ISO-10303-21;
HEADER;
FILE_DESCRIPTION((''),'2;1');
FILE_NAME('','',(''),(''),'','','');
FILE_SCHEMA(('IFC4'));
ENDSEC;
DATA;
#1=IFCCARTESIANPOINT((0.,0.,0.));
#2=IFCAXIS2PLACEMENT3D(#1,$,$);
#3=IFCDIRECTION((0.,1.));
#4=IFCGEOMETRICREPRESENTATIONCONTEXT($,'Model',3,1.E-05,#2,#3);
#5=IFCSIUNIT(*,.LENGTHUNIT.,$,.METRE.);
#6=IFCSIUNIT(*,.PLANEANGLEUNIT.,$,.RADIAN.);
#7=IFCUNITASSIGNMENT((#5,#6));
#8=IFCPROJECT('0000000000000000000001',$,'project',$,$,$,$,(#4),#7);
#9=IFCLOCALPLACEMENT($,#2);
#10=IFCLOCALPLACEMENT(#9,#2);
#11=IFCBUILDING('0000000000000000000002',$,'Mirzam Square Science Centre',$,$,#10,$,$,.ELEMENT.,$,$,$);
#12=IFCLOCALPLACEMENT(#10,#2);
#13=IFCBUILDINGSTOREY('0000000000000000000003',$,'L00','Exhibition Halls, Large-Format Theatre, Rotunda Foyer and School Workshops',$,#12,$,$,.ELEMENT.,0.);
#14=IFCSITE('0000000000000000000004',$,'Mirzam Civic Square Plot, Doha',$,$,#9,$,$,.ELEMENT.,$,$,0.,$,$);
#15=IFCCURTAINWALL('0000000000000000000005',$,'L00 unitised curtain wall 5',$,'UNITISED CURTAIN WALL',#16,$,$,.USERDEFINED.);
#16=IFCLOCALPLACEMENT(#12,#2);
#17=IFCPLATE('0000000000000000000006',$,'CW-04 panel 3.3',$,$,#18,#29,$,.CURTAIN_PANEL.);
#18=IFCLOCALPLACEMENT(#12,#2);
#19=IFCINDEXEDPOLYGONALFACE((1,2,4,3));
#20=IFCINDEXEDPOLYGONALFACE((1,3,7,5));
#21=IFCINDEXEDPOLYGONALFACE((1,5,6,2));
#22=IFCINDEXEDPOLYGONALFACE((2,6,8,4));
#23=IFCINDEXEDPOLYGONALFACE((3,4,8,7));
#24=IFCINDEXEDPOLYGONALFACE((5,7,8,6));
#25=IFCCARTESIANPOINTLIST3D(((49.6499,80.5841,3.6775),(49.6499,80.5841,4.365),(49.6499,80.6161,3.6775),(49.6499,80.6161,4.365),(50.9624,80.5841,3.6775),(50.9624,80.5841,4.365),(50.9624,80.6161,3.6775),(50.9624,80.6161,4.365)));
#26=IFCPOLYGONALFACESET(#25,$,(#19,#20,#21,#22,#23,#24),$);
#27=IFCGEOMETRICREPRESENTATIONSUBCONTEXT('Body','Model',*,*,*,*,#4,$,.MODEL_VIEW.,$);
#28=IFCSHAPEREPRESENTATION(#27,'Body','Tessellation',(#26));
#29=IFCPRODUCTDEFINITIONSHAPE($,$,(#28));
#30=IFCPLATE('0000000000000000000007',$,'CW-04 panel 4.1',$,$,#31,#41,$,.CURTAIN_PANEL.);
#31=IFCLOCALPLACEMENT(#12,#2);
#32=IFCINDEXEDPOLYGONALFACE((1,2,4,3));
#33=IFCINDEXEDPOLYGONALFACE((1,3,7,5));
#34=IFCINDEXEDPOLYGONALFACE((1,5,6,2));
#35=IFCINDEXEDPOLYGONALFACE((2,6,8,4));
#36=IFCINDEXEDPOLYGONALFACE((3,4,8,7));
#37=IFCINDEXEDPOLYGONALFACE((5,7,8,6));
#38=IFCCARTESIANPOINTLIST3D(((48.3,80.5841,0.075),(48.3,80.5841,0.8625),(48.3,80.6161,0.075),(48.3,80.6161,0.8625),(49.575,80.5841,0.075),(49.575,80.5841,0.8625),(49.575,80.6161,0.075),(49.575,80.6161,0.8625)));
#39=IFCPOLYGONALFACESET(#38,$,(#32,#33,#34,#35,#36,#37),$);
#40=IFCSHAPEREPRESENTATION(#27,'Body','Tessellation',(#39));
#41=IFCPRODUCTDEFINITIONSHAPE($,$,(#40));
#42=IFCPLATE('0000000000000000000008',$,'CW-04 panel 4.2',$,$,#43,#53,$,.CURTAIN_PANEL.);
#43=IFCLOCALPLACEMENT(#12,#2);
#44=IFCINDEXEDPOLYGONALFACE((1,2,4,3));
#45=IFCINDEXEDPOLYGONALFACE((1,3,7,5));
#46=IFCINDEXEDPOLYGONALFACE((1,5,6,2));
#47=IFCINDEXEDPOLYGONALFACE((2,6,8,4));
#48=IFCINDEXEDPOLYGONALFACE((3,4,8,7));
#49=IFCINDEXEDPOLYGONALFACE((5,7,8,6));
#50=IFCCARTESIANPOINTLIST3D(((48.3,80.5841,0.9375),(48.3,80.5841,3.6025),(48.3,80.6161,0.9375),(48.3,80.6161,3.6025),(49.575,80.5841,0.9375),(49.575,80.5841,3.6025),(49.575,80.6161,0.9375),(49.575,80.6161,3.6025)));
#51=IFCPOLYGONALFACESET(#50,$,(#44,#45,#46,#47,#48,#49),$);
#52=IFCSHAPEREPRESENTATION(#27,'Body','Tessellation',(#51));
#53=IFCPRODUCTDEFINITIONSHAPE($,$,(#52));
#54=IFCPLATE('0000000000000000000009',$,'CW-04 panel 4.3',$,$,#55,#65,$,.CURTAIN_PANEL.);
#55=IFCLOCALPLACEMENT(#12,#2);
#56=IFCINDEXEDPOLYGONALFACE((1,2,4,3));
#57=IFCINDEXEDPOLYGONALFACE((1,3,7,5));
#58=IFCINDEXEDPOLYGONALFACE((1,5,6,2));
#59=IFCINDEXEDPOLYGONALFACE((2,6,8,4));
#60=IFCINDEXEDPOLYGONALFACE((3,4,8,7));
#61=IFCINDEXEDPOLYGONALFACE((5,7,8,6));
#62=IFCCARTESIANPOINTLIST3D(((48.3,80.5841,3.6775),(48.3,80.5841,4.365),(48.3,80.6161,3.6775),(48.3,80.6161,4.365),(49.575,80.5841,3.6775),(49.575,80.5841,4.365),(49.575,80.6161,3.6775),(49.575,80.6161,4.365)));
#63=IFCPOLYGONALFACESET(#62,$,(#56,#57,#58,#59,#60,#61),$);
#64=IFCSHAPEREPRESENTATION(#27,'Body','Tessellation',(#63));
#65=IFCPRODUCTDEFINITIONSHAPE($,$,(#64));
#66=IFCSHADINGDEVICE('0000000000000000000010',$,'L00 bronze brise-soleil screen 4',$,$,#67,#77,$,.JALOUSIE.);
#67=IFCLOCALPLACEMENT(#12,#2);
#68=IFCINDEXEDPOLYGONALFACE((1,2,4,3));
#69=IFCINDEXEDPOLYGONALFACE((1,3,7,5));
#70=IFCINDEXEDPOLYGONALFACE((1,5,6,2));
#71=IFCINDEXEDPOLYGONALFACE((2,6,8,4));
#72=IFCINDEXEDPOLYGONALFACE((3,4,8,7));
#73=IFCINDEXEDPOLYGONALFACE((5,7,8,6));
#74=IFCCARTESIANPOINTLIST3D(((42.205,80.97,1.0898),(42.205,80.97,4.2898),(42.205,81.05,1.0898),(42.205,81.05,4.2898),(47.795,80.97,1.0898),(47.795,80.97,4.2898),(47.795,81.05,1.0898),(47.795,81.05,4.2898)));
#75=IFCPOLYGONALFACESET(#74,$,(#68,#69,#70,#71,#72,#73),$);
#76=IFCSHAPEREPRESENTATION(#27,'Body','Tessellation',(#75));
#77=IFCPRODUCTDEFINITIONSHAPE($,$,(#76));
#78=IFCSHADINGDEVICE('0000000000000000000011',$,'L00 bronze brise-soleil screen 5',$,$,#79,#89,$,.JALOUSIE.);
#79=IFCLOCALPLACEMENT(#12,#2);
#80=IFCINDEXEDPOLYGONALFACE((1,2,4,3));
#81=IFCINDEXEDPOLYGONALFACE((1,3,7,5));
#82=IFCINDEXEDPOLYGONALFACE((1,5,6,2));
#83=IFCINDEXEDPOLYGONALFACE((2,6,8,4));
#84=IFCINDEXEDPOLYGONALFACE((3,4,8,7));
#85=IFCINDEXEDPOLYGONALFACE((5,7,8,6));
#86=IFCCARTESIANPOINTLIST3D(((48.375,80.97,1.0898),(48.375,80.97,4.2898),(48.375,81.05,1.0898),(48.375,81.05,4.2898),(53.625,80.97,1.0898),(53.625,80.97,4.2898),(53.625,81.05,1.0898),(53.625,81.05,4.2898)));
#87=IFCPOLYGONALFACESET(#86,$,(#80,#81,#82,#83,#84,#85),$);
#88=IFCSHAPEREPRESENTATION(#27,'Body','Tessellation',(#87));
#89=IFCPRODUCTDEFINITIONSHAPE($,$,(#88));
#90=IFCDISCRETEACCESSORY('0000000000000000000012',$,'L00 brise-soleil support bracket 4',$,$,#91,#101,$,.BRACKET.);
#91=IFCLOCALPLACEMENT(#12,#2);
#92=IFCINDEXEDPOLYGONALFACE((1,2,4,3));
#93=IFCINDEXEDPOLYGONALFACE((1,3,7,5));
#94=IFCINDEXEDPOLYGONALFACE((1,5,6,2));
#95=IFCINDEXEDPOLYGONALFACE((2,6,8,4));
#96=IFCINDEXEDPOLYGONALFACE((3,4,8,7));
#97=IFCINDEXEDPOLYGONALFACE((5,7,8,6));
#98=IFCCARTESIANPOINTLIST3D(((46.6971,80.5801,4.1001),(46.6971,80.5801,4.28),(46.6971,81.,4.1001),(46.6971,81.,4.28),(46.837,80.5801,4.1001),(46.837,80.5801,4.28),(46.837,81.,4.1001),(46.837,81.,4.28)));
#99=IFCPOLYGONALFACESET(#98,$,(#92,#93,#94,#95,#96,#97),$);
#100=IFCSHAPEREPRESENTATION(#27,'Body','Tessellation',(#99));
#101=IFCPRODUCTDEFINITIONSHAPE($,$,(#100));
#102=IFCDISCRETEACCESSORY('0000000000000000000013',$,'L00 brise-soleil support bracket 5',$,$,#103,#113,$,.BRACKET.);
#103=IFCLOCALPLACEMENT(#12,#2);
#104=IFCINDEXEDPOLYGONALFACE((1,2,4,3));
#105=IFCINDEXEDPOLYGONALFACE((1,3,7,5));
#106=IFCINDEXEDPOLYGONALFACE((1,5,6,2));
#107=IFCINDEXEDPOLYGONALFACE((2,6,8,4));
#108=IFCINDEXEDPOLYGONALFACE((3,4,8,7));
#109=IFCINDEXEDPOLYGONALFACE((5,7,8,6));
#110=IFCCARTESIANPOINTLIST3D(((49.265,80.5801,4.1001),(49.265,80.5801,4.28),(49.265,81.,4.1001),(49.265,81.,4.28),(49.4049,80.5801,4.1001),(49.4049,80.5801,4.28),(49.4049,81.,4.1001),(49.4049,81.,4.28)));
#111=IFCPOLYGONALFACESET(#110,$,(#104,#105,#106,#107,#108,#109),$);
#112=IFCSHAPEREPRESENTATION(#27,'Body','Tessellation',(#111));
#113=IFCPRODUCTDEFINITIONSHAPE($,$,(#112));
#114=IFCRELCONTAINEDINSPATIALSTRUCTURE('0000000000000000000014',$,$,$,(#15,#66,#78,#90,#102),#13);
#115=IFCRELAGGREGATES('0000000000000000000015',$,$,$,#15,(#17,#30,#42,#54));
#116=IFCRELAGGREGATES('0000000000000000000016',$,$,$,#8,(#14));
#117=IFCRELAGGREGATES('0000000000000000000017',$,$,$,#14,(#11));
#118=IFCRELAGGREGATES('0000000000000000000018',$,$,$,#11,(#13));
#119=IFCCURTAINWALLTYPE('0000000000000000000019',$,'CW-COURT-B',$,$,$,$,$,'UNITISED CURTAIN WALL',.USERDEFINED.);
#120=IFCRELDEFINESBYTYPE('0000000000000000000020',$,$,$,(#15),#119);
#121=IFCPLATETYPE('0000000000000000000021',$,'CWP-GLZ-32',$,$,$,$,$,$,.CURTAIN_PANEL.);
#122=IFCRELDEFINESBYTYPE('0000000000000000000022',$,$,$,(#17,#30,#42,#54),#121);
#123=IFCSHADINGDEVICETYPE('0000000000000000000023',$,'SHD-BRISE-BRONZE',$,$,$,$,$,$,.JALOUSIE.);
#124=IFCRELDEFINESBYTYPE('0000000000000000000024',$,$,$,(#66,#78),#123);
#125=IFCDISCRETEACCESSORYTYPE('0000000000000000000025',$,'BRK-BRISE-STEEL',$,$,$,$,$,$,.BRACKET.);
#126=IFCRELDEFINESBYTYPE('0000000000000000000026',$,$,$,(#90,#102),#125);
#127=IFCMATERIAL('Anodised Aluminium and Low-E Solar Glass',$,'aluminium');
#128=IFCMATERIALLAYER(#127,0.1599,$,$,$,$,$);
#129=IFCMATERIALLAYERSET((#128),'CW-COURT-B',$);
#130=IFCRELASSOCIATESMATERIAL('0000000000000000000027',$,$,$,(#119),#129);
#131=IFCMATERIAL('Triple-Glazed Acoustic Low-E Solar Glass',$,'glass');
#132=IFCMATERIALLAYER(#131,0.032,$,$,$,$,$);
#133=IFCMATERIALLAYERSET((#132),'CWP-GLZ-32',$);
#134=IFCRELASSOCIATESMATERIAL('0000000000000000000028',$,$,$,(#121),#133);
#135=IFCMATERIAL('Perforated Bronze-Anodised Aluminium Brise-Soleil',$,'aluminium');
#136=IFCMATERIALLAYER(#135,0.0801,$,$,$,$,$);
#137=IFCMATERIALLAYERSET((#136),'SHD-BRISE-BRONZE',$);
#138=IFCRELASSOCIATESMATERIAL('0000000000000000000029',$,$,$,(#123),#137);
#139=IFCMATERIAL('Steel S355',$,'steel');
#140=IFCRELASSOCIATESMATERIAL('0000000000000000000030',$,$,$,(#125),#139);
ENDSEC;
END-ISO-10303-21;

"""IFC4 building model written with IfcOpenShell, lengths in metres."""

from ifc_helpers import new_model, si_unit, direction, frame, origin, origin_2d, place, context, subcontext, project, spatial, rectangle, extrude, material, layer, layer_set, type_object, element, aggregate, save


model = new_model("IFC4")

# Units and contexts
model_context = context("Model", 3, precision=1e-05, world=origin(), true_north=direction((0.0, 1.0)))
body_context = subcontext(model_context, "Body", "Model", "MODEL_VIEW")
ifc_project = project(units=[si_unit("LENGTHUNIT", "METRE"), si_unit("PLANEANGLEUNIT", "RADIAN")], contexts=[model_context])

# Site, building, storey
site_placement = place(None, origin())
site = spatial("IfcSite", under=ifc_project, at=site_placement, Name="Mirzam Civic Square Plot, Doha", CompositionType="ELEMENT", RefElevation=0.0)
building_placement = place(site_placement, origin())
building = spatial("IfcBuilding", under=site, at=building_placement, Name="Mirzam Square Science Centre", CompositionType="ELEMENT")
storey_placement = place(building_placement, origin())
storey = spatial("IfcBuildingStorey", under=building, at=storey_placement, Name="L00", Description="Exhibition Halls, Large-Format Theatre, Rotunda Foyer and School Workshops", CompositionType="ELEMENT", Elevation=0.0)

# Curtain wall, plates
ifc_material_1 = material(Name="Anodised Aluminium and Low-E Solar Glass", Category="aluminium")
ifc_layer_1 = layer(ifc_material_1, 0.1599)
ifc_layer_set_1 = layer_set([ifc_layer_1], Name="CW-COURT-B")
curtain_wall_type = type_object("IfcCurtainWallType", Name="CW-COURT-B", ElementType="UNITISED CURTAIN WALL", PredefinedType="USERDEFINED", material=ifc_layer_set_1)
curtain_wall_placement = place(storey_placement, origin())
curtain_wall = element("IfcCurtainWall", 1, at=curtain_wall_placement, inside=storey, type_object=curtain_wall_type, Name="L00 unitised curtain wall 5", ObjectType="UNITISED CURTAIN WALL", PredefinedType="USERDEFINED")
ifc_material_2 = material(Name="Triple-Glazed Acoustic Low-E Solar Glass", Category="glass")
ifc_layer_2 = layer(ifc_material_2, 0.032)
ifc_layer_set_2 = layer_set([ifc_layer_2], Name="CWP-GLZ-32")
plate_type = type_object("IfcPlateType", Name="CWP-GLZ-32", PredefinedType="CURTAIN_PANEL", material=ifc_layer_set_2)
plate_1_placement = place(storey_placement, frame((50.3062, 80.6001, 3.6775), z_axis=(0.0, 0.0, 1.0), x_axis=(-1.0, 0.0, 0.0)))
plate_1 = element("IfcPlate", 2, at=plate_1_placement, type_object=plate_type, Name="CW-04 panel 3.3", PredefinedType="CURTAIN_PANEL", context=body_context, shape_type="SweptSolid", body=[
    extrude(rectangle(XDim=1.3125, YDim=0.032, at=origin_2d()), origin(), (0.0, 0.0, 1.0), 0.6875),
])
plate_2_placement = place(storey_placement, frame((48.9375, 80.6001, 0.075), z_axis=(0.0, 0.0, 1.0), x_axis=(-1.0, 0.0, 0.0)))
plate_2 = element("IfcPlate", 3, at=plate_2_placement, type_object=plate_type, Name="CW-04 panel 4.1", PredefinedType="CURTAIN_PANEL", context=body_context, shape_type="SweptSolid", body=[
    extrude(rectangle(XDim=1.2749, YDim=0.032, at=origin_2d()), origin(), (0.0, 0.0, 1.0), 0.7876),
])
plate_3_placement = place(storey_placement, frame((48.9375, 80.6001, 0.9375), z_axis=(0.0, 0.0, 1.0), x_axis=(-1.0, 0.0, 0.0)))
plate_3 = element("IfcPlate", 4, at=plate_3_placement, type_object=plate_type, Name="CW-04 panel 4.2", PredefinedType="CURTAIN_PANEL", context=body_context, shape_type="SweptSolid", body=[
    extrude(rectangle(XDim=1.2749, YDim=0.032, at=origin_2d()), origin(), (0.0, 0.0, 1.0), 2.665),
])
plate_4_placement = place(storey_placement, frame((48.9375, 80.6001, 3.6775), z_axis=(0.0, 0.0, 1.0), x_axis=(-1.0, 0.0, 0.0)))
plate_4 = element("IfcPlate", 5, at=plate_4_placement, type_object=plate_type, Name="CW-04 panel 4.3", PredefinedType="CURTAIN_PANEL", context=body_context, shape_type="SweptSolid", body=[
    extrude(rectangle(XDim=1.2749, YDim=0.032, at=origin_2d()), origin(), (0.0, 0.0, 1.0), 0.6875),
])
aggregate(curtain_wall, [plate_1, plate_2, plate_3, plate_4])

# Shading devices
ifc_material_3 = material(Name="Perforated Bronze-Anodised Aluminium Brise-Soleil", Category="aluminium")
ifc_layer_3 = layer(ifc_material_3, 0.0801)
ifc_layer_set_3 = layer_set([ifc_layer_3], Name="SHD-BRISE-BRONZE")
shading_device_type = type_object("IfcShadingDeviceType", Name="SHD-BRISE-BRONZE", PredefinedType="JALOUSIE", material=ifc_layer_set_3)
shading_device_1_placement = place(storey_placement, frame((45.0, 81.01, 1.0898), z_axis=(0.0, 0.0, 1.0), x_axis=(-1.0, 0.0, 0.0)))
element("IfcShadingDevice", 6, at=shading_device_1_placement, inside=storey, type_object=shading_device_type, Name="L00 bronze brise-soleil screen 4", PredefinedType="JALOUSIE", context=body_context, shape_type="SweptSolid", body=[
    extrude(rectangle(XDim=5.5901, YDim=0.0801, at=origin_2d()), origin(), (0.0, 0.0, 1.0), 3.2),
])
shading_device_2_placement = place(storey_placement, frame((51.0, 81.01, 1.0898), z_axis=(0.0, 0.0, 1.0), x_axis=(-1.0, 0.0, 0.0)))
element("IfcShadingDevice", 7, at=shading_device_2_placement, inside=storey, type_object=shading_device_type, Name="L00 bronze brise-soleil screen 5", PredefinedType="JALOUSIE", context=body_context, shape_type="SweptSolid", body=[
    extrude(rectangle(XDim=5.25, YDim=0.0801, at=origin_2d()), origin(), (0.0, 0.0, 1.0), 3.2),
])

# Discrete accessories
ifc_material_4 = material(Name="Steel S355", Category="steel")
discrete_accessory_type = type_object("IfcDiscreteAccessoryType", Name="BRK-BRISE-STEEL", PredefinedType="BRACKET", material=ifc_material_4)
for number, where, z_axis, x_axis, name in (
    (8, (46.7671, 80.79, 4.1001), (0.0, 0.0, 1.0), (-1.0, 0.0, 0.0), "L00 brise-soleil support bracket 4"),
    (9, (49.335, 80.79, 4.1001), (0.0, 0.0, 1.0), (-1.0, 0.0, 0.0), "L00 brise-soleil support bracket 5"),
):
    element("IfcDiscreteAccessory", number, at=place(storey_placement, frame(where, z_axis=z_axis, x_axis=x_axis)), inside=storey, type_object=discrete_accessory_type, Name=name, PredefinedType="BRACKET", context=body_context, shape_type="SweptSolid", body=[
        extrude(rectangle(XDim=0.1399, YDim=0.4199, at=origin_2d()), origin(), (0.0, 0.0, 1.0), 0.1799),
    ])

save(model, "model.ifc")
